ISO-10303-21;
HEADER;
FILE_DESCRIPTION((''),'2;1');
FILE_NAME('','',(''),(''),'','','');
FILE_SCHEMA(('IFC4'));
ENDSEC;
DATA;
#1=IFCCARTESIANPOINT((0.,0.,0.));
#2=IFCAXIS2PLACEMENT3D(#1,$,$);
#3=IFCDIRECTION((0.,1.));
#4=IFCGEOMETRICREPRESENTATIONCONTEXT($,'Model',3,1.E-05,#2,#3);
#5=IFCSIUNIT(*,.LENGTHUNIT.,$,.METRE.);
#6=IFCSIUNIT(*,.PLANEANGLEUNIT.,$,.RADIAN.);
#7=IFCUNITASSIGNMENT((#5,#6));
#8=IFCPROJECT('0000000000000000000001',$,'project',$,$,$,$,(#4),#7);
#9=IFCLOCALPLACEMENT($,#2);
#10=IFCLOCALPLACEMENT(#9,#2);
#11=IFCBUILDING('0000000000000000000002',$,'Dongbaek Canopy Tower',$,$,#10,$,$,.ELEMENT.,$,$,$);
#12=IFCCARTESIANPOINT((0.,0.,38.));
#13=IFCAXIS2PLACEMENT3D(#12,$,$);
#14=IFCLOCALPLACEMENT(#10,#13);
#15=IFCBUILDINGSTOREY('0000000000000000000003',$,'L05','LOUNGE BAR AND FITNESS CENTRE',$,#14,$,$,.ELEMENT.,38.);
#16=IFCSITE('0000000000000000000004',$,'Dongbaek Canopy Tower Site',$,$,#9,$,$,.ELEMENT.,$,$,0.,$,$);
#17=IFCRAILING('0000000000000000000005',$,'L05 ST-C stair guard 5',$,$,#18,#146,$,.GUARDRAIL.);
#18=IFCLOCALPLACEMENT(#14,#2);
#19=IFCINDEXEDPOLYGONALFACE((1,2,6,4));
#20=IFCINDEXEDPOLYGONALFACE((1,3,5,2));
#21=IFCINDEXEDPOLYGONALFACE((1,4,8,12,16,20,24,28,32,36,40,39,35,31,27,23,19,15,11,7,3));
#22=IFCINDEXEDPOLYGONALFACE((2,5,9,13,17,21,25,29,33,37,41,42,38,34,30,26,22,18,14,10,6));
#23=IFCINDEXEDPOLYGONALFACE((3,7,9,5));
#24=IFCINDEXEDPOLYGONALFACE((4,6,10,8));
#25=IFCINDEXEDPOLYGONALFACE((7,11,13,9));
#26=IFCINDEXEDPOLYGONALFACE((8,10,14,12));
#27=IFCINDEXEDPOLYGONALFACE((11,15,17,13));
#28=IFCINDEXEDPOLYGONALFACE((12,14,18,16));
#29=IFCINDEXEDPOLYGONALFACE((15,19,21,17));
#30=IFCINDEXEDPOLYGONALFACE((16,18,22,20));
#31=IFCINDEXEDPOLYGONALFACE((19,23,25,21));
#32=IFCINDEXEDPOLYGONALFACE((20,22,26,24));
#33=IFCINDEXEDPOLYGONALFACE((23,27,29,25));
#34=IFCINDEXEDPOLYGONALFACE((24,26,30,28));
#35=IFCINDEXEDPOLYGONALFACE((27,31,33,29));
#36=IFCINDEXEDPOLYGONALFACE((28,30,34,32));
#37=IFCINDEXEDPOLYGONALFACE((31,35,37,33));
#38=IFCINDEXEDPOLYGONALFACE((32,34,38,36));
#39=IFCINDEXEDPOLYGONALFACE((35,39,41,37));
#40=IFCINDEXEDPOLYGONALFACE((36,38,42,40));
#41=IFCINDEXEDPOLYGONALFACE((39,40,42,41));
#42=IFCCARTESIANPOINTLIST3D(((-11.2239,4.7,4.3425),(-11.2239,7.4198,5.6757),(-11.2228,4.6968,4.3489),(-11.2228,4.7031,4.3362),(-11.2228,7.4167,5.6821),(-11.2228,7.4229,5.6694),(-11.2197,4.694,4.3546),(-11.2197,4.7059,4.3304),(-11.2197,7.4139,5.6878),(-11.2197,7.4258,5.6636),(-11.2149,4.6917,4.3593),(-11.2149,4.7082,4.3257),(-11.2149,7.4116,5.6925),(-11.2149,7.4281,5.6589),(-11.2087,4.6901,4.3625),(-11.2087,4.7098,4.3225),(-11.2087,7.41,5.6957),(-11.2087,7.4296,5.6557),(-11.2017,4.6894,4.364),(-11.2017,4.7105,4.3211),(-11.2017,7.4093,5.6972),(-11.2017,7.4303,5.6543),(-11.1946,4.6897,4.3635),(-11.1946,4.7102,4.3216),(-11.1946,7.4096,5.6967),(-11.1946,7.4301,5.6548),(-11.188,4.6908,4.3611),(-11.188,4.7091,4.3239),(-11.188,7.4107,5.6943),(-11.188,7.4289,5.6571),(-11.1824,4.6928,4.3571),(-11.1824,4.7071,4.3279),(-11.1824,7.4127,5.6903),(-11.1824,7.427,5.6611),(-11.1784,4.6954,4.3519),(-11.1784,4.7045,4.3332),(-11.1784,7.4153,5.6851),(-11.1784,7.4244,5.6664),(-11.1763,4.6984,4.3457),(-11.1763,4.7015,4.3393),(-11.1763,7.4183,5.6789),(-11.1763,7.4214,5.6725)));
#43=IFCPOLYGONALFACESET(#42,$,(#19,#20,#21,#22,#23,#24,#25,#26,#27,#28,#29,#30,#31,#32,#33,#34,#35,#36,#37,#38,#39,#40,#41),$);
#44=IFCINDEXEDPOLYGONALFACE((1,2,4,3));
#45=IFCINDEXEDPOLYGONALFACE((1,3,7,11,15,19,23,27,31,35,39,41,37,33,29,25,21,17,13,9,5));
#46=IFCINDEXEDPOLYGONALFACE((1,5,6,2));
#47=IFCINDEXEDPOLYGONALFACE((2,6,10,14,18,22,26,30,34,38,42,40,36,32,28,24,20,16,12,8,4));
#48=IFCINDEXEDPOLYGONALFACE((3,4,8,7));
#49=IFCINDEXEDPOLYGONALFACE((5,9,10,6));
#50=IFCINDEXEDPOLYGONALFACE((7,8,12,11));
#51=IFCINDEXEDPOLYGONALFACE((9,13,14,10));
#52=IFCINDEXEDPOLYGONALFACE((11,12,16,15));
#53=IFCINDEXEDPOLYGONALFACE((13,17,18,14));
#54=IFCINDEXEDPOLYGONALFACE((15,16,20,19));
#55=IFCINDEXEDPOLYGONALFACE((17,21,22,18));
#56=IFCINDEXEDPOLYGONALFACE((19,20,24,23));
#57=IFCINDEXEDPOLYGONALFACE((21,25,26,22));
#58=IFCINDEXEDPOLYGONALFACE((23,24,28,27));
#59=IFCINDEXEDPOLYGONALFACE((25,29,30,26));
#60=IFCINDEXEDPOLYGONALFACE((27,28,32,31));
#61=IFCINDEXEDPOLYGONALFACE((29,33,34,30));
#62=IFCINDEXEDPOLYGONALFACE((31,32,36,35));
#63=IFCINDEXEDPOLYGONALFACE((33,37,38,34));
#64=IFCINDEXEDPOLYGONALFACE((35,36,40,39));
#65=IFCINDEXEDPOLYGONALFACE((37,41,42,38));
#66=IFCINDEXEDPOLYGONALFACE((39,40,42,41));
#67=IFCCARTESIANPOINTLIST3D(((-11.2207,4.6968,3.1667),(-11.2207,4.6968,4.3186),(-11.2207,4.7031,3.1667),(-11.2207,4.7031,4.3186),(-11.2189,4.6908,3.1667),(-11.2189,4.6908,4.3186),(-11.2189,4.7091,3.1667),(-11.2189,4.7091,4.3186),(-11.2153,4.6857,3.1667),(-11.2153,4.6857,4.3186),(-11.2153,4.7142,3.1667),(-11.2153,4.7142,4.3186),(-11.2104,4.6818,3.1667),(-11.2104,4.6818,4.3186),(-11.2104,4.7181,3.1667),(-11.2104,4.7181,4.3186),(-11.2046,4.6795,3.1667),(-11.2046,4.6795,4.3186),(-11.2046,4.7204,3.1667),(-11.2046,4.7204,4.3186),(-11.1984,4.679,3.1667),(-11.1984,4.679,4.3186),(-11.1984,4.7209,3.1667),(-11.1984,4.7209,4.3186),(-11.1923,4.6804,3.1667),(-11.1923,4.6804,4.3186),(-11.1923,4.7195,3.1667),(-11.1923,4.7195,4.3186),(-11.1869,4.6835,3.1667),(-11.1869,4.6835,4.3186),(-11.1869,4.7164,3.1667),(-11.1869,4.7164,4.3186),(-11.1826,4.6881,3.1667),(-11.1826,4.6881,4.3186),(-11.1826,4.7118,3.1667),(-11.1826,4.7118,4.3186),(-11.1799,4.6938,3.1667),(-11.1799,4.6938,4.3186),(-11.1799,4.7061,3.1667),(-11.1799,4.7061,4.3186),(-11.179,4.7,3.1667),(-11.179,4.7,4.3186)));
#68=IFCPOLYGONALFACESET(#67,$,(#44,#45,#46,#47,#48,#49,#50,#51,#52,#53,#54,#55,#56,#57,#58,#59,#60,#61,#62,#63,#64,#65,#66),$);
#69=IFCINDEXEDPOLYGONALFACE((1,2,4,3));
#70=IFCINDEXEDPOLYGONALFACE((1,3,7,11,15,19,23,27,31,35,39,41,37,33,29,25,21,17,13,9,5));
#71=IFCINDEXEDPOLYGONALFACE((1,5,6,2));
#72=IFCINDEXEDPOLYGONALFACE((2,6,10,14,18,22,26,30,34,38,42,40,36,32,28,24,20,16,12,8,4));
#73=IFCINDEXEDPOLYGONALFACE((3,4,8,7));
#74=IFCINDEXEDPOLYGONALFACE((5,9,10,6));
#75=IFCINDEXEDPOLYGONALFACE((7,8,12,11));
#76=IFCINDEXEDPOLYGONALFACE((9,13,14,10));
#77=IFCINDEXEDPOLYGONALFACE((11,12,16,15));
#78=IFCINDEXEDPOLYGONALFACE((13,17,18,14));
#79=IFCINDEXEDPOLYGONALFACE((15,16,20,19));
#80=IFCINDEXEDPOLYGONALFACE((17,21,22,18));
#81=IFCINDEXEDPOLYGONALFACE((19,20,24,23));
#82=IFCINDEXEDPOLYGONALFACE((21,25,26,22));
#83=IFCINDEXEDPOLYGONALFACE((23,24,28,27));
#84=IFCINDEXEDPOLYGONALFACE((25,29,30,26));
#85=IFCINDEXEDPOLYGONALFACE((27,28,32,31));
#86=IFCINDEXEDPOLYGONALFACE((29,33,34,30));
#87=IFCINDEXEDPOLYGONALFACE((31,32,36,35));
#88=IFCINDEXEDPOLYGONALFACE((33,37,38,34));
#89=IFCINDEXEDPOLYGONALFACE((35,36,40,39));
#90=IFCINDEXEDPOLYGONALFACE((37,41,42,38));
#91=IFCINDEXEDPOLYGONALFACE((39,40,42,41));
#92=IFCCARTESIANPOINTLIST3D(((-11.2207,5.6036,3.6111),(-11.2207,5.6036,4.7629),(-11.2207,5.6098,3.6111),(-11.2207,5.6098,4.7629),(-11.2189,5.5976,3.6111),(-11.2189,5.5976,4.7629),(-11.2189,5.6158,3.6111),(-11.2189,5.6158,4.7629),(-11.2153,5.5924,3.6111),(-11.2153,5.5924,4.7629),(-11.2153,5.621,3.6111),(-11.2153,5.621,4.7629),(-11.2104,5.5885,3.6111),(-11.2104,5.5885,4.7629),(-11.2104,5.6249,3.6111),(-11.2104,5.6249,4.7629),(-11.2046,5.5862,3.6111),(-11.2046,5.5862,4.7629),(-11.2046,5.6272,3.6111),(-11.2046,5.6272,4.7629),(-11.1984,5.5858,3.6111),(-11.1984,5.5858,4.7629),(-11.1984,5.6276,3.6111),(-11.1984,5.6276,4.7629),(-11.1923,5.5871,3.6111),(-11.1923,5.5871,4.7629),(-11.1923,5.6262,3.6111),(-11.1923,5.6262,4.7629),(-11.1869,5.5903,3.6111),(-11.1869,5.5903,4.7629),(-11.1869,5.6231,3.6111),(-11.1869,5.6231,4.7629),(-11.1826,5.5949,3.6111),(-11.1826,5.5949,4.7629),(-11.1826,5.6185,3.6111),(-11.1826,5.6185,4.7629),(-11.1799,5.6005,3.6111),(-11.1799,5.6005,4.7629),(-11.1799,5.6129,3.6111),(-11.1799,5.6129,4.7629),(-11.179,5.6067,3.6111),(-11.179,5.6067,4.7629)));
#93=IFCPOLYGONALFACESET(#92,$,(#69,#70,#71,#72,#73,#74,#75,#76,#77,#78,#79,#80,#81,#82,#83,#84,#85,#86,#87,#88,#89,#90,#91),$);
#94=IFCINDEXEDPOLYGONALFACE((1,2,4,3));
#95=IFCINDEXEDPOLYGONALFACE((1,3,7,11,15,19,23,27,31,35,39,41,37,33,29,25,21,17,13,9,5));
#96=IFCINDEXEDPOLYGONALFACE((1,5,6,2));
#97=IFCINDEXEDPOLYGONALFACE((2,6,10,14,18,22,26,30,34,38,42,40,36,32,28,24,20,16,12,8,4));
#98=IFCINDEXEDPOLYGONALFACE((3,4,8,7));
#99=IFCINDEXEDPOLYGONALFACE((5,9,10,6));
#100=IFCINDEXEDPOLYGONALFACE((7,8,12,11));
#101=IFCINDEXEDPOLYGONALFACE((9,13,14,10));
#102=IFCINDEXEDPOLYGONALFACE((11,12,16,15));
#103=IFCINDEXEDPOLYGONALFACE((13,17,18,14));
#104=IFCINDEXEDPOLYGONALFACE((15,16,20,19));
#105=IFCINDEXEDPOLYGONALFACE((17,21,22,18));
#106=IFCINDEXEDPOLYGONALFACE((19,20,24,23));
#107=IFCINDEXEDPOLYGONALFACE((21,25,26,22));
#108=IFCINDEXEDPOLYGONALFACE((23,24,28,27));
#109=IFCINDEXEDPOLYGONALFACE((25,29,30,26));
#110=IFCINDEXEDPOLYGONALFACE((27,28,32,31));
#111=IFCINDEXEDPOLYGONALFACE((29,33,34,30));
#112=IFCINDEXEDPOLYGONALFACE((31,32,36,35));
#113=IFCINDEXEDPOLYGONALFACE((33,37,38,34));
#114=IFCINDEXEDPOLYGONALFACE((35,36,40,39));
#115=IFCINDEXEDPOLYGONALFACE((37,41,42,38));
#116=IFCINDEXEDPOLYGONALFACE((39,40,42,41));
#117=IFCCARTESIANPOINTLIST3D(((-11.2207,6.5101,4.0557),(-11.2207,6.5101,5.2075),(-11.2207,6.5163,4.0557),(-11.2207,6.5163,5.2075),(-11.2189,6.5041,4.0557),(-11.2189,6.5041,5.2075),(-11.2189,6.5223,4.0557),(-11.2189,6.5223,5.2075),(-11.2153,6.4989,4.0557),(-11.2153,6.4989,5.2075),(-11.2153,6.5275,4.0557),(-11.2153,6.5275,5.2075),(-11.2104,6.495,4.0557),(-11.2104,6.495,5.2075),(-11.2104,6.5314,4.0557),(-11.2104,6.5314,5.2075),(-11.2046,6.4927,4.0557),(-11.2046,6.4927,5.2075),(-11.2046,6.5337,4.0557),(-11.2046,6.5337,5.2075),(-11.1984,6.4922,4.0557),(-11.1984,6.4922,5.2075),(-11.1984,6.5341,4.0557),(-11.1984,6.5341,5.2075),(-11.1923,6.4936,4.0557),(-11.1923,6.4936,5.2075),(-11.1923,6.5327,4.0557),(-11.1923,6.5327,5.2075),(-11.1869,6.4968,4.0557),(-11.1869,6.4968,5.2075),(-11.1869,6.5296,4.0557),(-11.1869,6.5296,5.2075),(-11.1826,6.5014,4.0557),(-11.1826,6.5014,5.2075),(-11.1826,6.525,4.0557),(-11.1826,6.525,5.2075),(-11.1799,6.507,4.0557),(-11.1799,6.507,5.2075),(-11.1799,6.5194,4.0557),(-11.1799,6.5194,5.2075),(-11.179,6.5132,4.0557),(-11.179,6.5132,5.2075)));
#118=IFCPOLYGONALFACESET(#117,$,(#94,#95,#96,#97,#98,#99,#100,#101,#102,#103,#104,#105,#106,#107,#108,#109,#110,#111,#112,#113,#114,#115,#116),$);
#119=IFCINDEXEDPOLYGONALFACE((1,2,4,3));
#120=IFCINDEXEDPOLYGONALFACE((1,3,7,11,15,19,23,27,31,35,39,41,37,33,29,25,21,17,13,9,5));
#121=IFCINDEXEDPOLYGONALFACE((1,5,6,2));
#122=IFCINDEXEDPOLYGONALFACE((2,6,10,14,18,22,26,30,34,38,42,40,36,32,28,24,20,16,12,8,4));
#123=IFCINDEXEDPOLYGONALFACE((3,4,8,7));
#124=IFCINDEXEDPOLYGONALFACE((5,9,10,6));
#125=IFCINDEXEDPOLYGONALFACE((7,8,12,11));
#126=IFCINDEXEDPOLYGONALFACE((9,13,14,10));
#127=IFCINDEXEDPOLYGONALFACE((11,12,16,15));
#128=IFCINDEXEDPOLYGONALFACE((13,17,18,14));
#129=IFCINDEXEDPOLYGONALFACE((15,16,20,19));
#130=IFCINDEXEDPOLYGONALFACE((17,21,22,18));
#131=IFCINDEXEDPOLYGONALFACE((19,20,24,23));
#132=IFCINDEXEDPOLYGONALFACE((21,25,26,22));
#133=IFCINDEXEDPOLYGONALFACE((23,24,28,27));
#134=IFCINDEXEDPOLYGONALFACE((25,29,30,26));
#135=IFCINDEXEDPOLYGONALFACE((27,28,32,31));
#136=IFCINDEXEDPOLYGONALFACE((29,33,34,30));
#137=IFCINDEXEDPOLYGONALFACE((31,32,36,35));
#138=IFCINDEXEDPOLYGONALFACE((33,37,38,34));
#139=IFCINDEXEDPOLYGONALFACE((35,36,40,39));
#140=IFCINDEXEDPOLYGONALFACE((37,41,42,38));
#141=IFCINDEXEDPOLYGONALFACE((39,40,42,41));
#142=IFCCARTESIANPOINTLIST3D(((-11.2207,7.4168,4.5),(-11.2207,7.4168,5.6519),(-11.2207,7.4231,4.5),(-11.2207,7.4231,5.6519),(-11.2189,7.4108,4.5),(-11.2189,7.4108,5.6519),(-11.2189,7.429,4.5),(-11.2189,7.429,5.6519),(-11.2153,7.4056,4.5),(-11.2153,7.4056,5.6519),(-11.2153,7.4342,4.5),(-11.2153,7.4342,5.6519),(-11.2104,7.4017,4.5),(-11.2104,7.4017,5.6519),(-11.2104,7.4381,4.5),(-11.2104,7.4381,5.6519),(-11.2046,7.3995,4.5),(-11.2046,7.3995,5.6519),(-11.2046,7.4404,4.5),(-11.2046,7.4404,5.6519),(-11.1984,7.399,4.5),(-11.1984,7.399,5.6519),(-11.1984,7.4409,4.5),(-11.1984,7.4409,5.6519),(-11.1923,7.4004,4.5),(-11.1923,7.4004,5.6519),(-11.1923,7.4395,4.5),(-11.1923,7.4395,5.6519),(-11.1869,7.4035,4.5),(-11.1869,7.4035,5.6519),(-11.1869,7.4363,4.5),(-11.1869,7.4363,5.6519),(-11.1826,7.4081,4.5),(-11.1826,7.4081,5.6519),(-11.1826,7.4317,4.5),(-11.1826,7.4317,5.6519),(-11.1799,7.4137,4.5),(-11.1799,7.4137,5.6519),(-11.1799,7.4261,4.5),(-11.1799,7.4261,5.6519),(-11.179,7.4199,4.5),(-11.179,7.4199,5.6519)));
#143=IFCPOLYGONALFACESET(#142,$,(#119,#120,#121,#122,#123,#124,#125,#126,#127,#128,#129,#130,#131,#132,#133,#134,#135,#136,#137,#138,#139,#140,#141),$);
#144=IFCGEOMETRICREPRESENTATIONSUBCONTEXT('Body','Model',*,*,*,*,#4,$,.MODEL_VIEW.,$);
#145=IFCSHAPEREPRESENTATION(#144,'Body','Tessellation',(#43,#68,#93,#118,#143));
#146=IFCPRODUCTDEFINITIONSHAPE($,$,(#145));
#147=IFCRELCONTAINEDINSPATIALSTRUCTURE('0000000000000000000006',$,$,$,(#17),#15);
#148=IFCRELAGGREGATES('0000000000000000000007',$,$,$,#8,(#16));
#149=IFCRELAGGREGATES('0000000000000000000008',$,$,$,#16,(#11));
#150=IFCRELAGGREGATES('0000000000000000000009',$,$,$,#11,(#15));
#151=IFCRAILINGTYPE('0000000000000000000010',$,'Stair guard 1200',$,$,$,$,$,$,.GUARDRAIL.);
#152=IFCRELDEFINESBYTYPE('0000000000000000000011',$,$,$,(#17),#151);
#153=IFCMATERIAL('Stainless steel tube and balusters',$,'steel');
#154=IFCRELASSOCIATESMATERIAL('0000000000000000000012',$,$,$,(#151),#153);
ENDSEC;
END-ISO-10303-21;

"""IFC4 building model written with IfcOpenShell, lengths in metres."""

from ifc_helpers import new_model, si_unit, direction, frame, origin, origin_2d, place, context, subcontext, project, spatial, circle, extrude, material, type_object, element, save


model = new_model("IFC4")

# Units and contexts
model_context = context("Model", 3, precision=1e-05, world=origin(), true_north=direction((0.0, 1.0)))
body_context = subcontext(model_context, "Body", "Model", "MODEL_VIEW")
ifc_project = project(units=[si_unit("LENGTHUNIT", "METRE"), si_unit("PLANEANGLEUNIT", "RADIAN")], contexts=[model_context])

# Site, building, storey
site_placement = place(None, origin())
site = spatial("IfcSite", under=ifc_project, at=site_placement, Name="Dongbaek Canopy Tower Site", CompositionType="ELEMENT", RefElevation=0.0)
building_placement = place(site_placement, origin())
building = spatial("IfcBuilding", under=site, at=building_placement, Name="Dongbaek Canopy Tower", CompositionType="ELEMENT")
storey_placement = place(building_placement, frame((0.0, 0.0, 38.0)))
storey = spatial("IfcBuildingStorey", under=building, at=storey_placement, Name="L05", Description="LOUNGE BAR AND FITNESS CENTRE", CompositionType="ELEMENT", Elevation=38.0)

# Railing
ifc_material_1 = material(Name="Stainless steel tube and balusters", Category="steel")
railing_type_1 = type_object("IfcRailingType", Name="Stair guard 1200", PredefinedType="GUARDRAIL", material=ifc_material_1)
railing_placement = place(storey_placement, frame((-11.2, 4.7, 3.1667)))
element("IfcRailing", 1, at=railing_placement, inside=storey, type_object=railing_type_1, Name="L05 ST-C stair guard 5", PredefinedType="GUARDRAIL", context=body_context, shape_type="SweptSolid", body=[
    extrude(circle(Radius=0.0239, at=origin_2d()), frame((0.0, 0.0, 1.1758), z_axis=(0.0, 0.897929, 0.440139), x_axis=(-1.0, 0.0, 0.0)), (0.0, 0.0, 1.0), 3.0291),
    extrude(circle(Radius=0.021, at=origin_2d()), origin(), (0.0, 0.0, 1.0), 1.1519),
    extrude(circle(Radius=0.021, at=origin_2d()), frame((0.0, 0.9067, 0.4443)), (0.0, 0.0, 1.0), 1.1519),
    extrude(circle(Radius=0.021, at=origin_2d()), frame((0.0, 1.8132, 0.8889)), (0.0, 0.0, 1.0), 1.1519),
    extrude(circle(Radius=0.021, at=origin_2d()), frame((0.0, 2.72, 1.3333)), (0.0, 0.0, 1.0), 1.1519),
])

save(model, "model.ifc")
